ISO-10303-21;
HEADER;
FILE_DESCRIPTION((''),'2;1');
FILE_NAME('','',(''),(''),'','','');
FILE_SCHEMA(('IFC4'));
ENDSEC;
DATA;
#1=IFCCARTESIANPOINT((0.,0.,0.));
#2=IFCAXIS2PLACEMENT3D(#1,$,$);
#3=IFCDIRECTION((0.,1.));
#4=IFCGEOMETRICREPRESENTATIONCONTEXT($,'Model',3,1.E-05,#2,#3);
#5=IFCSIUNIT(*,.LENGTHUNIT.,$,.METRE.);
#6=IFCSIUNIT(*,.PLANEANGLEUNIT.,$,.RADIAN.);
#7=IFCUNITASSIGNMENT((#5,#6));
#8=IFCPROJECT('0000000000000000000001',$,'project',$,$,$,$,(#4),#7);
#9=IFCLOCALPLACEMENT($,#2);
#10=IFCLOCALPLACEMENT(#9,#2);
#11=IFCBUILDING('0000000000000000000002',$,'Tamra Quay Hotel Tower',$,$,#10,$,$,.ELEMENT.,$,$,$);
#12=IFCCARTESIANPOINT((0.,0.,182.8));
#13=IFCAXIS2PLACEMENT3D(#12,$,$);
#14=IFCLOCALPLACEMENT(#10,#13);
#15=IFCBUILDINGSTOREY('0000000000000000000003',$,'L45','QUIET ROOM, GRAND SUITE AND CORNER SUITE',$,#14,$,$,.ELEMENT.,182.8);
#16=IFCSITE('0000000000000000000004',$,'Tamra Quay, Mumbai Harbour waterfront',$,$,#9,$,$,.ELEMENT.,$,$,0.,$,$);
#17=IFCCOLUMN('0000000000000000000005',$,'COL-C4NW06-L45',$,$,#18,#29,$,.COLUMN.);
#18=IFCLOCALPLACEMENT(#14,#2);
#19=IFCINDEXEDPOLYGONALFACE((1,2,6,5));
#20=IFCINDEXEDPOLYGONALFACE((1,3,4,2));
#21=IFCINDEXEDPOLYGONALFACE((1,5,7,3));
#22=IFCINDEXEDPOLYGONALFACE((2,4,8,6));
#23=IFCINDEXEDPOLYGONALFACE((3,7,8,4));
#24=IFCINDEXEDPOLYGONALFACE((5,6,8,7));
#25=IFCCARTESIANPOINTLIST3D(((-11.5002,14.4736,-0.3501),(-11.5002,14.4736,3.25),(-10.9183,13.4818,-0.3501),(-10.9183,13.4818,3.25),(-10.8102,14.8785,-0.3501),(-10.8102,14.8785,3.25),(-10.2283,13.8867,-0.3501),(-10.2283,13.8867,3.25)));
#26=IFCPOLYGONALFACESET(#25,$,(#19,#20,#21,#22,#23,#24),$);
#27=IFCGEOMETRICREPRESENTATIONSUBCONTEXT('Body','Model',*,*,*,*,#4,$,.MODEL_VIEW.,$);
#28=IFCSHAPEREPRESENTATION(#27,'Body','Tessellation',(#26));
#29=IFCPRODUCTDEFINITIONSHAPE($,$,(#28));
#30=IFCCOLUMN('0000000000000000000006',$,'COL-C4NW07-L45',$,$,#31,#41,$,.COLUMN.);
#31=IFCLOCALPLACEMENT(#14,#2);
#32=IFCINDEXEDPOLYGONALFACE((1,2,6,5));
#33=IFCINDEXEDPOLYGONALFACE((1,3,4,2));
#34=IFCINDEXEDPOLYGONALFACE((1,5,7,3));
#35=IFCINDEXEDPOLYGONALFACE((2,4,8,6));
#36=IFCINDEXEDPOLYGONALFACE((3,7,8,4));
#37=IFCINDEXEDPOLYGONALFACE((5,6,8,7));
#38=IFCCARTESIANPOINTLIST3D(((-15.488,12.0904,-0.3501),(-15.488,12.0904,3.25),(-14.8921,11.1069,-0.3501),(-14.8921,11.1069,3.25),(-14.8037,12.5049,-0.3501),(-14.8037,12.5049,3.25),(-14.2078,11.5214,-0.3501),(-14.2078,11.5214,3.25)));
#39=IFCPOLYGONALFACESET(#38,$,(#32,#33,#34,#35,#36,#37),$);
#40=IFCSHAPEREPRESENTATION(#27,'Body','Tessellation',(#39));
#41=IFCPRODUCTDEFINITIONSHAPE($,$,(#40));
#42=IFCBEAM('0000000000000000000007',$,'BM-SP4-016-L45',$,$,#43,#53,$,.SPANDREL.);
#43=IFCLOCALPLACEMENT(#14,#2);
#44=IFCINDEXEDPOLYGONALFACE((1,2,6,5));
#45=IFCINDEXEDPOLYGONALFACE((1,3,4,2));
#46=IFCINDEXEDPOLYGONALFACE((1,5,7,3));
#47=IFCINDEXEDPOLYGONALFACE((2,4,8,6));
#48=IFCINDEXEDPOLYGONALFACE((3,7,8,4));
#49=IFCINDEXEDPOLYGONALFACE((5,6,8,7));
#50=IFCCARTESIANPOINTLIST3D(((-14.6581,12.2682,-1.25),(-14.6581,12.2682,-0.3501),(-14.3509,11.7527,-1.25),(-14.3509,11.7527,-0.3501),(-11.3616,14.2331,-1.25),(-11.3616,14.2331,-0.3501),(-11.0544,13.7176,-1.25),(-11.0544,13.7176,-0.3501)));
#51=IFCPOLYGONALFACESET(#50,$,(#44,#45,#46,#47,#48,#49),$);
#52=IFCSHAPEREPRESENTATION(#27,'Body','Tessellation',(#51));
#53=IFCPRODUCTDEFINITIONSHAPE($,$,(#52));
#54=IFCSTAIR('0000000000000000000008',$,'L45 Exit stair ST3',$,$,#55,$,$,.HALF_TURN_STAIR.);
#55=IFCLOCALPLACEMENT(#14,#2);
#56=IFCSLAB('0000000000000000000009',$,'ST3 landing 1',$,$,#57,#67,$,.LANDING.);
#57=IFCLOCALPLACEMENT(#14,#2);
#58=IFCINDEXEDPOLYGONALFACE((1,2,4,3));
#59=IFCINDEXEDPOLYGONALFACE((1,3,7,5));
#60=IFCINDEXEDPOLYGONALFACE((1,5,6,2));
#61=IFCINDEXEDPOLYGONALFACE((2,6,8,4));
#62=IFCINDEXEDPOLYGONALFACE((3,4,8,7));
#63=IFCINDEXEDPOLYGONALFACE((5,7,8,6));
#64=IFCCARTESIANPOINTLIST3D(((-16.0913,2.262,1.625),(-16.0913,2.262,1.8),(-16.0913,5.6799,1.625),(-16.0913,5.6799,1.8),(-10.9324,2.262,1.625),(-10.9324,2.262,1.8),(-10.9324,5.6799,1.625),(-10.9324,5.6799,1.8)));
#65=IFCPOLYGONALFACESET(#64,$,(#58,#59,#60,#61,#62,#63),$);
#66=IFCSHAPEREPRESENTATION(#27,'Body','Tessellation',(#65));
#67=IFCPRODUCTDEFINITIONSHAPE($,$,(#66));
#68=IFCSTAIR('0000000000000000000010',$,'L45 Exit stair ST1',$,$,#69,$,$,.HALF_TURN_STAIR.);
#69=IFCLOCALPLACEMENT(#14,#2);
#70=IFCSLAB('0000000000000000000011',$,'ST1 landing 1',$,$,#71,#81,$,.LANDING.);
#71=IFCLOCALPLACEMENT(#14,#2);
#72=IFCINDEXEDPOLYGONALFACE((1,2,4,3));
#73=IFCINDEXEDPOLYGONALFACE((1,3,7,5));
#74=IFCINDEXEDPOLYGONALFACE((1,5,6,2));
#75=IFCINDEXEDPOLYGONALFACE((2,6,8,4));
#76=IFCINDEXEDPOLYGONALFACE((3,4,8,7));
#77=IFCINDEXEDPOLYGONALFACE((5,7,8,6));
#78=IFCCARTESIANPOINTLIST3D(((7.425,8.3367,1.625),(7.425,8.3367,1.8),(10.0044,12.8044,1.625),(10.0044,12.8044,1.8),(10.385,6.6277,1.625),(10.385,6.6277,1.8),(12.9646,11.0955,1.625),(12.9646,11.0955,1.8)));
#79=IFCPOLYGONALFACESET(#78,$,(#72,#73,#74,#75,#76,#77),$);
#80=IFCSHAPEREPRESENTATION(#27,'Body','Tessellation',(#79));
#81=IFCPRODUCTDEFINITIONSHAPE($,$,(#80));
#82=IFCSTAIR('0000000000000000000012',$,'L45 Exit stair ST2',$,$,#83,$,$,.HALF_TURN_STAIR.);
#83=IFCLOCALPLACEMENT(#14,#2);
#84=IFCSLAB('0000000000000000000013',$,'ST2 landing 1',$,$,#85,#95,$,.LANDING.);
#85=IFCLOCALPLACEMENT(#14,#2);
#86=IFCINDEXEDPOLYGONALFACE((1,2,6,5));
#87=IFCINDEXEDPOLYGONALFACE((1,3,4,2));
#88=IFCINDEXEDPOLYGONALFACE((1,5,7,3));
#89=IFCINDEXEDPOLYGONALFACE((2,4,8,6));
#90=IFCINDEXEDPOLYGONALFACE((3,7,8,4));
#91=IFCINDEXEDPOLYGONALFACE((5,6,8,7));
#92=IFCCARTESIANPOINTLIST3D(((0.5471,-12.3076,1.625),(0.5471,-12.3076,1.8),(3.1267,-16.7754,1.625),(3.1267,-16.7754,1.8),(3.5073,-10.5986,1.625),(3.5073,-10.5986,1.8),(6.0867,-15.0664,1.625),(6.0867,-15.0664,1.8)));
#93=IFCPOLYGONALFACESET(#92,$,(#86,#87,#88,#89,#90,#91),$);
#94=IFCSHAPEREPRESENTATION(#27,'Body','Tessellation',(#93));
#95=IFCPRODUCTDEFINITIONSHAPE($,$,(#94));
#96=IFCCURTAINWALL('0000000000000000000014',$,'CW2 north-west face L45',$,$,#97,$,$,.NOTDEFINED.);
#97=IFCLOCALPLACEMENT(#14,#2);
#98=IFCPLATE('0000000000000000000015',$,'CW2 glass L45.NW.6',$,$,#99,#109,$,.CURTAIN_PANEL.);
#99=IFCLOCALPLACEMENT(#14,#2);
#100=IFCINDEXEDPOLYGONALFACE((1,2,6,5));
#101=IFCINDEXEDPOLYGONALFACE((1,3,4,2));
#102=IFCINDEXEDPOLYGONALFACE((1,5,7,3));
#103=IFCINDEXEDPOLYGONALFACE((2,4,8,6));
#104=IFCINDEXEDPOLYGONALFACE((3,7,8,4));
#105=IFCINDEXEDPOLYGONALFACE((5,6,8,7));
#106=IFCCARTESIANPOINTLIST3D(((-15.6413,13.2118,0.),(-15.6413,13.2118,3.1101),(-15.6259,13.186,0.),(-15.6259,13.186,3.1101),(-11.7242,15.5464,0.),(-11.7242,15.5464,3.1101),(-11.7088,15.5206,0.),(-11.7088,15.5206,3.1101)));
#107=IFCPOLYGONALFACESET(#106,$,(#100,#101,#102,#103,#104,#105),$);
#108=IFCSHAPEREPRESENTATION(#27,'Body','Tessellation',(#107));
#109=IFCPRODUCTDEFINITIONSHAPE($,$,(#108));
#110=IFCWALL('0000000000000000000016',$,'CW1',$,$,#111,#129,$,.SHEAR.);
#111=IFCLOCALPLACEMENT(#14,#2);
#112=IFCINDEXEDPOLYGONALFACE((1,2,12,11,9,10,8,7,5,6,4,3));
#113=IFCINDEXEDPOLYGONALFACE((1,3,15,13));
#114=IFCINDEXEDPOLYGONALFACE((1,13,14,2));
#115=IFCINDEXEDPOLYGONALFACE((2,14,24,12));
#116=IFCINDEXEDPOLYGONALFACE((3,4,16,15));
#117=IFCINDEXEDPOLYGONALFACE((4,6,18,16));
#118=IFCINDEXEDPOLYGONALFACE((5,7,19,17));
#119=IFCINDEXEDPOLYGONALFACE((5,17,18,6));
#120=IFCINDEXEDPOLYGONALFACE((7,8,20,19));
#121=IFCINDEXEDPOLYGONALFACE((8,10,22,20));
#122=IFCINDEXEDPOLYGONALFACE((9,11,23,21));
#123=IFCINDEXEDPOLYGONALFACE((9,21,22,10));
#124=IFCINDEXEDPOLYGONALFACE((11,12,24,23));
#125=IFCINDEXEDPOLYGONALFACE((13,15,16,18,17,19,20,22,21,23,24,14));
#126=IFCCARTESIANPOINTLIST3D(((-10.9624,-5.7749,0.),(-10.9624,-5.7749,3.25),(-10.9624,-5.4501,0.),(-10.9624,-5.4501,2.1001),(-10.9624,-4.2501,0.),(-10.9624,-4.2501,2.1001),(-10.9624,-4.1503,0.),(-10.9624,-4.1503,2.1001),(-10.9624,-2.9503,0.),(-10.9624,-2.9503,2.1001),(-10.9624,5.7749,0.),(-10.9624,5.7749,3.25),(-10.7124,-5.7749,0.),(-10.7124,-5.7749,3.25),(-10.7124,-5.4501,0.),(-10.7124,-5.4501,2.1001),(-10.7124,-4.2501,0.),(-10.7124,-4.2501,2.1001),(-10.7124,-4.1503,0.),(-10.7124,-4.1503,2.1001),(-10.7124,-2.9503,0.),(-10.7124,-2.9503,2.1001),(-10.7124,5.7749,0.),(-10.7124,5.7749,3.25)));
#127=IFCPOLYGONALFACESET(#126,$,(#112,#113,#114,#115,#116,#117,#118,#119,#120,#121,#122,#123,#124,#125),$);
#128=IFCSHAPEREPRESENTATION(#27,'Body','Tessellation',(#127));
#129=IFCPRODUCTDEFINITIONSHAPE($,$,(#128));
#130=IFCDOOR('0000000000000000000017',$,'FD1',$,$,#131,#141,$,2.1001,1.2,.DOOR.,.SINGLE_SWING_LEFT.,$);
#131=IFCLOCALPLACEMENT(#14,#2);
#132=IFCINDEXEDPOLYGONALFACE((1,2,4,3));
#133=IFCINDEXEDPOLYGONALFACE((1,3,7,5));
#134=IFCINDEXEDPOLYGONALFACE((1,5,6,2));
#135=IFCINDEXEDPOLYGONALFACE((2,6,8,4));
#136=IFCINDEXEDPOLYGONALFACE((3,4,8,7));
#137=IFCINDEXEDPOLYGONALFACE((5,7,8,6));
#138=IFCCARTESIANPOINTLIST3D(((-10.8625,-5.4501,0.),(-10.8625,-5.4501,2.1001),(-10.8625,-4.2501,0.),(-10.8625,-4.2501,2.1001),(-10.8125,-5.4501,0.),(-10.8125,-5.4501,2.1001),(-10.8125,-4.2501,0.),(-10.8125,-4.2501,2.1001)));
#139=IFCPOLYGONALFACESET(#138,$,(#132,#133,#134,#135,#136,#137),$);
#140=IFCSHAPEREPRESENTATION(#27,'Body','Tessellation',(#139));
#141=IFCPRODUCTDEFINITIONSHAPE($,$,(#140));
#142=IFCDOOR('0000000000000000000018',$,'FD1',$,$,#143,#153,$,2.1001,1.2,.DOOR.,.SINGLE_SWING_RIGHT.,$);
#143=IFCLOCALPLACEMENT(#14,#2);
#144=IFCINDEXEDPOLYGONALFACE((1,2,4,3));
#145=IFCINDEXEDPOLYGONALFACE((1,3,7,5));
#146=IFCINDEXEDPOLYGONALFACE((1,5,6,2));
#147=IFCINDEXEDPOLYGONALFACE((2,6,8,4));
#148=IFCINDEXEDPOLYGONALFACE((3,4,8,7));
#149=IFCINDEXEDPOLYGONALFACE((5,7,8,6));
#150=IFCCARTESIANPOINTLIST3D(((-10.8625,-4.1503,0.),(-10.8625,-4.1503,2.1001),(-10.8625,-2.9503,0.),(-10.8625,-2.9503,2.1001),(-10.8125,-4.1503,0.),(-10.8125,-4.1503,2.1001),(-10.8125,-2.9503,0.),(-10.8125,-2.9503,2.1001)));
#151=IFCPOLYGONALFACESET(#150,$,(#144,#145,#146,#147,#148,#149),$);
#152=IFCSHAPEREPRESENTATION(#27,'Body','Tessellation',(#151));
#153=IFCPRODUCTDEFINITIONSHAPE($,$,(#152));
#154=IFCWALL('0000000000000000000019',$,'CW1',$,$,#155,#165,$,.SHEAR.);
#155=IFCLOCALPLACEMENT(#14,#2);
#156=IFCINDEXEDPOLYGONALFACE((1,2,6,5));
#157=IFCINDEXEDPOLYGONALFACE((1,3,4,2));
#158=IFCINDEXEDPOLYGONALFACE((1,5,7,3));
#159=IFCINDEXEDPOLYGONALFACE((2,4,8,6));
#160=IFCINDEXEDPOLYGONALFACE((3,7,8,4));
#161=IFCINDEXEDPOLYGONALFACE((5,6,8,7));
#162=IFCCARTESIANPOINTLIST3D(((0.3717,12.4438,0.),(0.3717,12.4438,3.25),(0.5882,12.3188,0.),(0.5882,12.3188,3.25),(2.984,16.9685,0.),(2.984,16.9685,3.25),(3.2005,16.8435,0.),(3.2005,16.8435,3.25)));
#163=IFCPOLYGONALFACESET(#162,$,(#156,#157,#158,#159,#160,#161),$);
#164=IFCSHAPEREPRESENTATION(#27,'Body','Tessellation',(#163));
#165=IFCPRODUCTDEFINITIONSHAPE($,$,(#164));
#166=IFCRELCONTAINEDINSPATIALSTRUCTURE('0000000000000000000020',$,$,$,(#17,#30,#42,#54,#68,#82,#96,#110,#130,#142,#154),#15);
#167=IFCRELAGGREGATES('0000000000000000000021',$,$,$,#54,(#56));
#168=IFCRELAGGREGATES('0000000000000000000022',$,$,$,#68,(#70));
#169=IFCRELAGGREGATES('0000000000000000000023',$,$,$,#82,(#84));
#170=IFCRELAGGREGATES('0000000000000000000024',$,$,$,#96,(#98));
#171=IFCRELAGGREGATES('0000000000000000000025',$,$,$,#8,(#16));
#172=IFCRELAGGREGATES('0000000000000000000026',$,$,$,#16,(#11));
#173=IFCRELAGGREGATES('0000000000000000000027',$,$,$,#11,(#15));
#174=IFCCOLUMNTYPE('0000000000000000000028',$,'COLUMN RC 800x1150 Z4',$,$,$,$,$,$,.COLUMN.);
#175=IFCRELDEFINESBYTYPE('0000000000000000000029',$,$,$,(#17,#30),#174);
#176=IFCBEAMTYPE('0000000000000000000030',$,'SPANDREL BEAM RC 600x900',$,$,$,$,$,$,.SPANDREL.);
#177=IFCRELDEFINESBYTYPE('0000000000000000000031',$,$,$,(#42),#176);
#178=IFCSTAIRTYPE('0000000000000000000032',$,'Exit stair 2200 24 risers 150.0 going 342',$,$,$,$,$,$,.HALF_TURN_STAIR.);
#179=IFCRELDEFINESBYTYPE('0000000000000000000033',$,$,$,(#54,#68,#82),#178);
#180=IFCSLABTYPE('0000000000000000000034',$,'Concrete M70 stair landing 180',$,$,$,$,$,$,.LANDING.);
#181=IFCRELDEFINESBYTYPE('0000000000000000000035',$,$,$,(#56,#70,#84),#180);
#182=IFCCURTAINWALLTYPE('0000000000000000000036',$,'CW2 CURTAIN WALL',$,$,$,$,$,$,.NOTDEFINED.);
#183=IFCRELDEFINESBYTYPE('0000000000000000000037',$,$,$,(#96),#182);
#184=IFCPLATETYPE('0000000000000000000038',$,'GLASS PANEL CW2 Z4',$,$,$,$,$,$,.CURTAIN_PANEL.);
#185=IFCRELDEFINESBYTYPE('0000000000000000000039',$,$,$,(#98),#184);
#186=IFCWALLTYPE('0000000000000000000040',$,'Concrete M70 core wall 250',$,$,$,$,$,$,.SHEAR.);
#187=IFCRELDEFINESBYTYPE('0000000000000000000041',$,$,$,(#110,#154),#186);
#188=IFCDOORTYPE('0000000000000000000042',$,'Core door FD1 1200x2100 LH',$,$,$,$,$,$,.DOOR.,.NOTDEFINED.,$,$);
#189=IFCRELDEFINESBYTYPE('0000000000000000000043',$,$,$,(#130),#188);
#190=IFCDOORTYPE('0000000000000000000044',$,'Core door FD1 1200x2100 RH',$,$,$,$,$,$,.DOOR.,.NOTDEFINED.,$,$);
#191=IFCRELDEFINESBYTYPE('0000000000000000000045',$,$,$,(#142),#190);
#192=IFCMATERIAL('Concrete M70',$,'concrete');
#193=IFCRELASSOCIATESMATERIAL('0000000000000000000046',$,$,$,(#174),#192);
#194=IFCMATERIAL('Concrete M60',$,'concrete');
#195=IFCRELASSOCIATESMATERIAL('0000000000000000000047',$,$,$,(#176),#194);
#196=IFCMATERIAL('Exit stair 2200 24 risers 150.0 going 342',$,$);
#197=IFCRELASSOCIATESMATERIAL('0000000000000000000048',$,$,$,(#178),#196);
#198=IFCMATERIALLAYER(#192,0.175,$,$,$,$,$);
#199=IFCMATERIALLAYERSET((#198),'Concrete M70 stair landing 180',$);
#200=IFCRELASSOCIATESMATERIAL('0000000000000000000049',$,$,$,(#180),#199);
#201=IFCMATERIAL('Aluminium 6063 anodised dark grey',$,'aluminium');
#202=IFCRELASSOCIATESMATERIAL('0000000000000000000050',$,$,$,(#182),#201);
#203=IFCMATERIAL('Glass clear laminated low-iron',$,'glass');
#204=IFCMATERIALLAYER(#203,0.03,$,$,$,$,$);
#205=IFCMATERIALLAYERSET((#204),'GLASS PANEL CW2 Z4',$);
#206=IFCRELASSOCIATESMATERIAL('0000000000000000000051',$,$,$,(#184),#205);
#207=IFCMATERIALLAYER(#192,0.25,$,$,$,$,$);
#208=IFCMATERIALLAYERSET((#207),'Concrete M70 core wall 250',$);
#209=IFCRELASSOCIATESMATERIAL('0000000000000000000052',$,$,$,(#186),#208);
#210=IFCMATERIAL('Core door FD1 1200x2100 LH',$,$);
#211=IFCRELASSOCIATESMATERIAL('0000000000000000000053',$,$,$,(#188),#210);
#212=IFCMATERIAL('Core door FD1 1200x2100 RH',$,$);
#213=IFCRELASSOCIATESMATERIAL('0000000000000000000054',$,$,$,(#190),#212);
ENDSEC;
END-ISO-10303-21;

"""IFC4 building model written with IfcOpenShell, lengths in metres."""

from ifc_helpers import new_model, si_unit, direction, frame, frame_2d, origin, origin_2d, place, context, subcontext, project, spatial, polyline, rectangle, outline, extrude, material, layer, layer_set, material_profile, profile_set, type_object, element, fill, aggregate, save


model = new_model("IFC4")

# Units and contexts
model_context = context("Model", 3, precision=1e-05, world=origin(), true_north=direction((0.0, 1.0)))
body_context = subcontext(model_context, "Body", "Model", "MODEL_VIEW")
ifc_project = project(units=[si_unit("LENGTHUNIT", "METRE"), si_unit("PLANEANGLEUNIT", "RADIAN")], contexts=[model_context])

# Site, building, storey
site_placement = place(None, origin())
site = spatial("IfcSite", under=ifc_project, at=site_placement, Name="Tamra Quay, Mumbai Harbour waterfront", CompositionType="ELEMENT", RefElevation=0.0)
building_placement = place(site_placement, origin())
building = spatial("IfcBuilding", under=site, at=building_placement, Name="Tamra Quay Hotel Tower", CompositionType="ELEMENT")
storey_placement = place(building_placement, frame((0.0, 0.0, 182.8)))
storey = spatial("IfcBuildingStorey", under=building, at=storey_placement, Name="L45", Description="QUIET ROOM, GRAND SUITE AND CORNER SUITE", CompositionType="ELEMENT", Elevation=182.8)

# Columns
ifc_material_1 = material(Name="Concrete M70", Category="concrete")
ifc_material_profile_1 = material_profile(ifc_material_1, rectangle(XDim=1.1499, YDim=0.8, at=origin_2d()), Name="COLUMN RC 800x1150 Z4")
ifc_profile_set_1 = profile_set([ifc_material_profile_1], Name="Concrete M70")
column_type = type_object("IfcColumnType", Name="COLUMN RC 800x1150 Z4", PredefinedType="COLUMN", material=ifc_profile_set_1)
for number, where, z_axis, x_axis, name in (
    (1, (-10.8643, 14.1802, -0.3501), (0.0, 0.0, 1.0), (-0.506085, 0.862484, 0.0), "COL-C4NW06-L45"),
    (2, (-14.8479, 11.8059, -0.3501), (0.0, 0.0, 1.0), (-0.518175, 0.855275, 0.0), "COL-C4NW07-L45"),
):
    element("IfcColumn", number, at=place(storey_placement, frame(where, z_axis=z_axis, x_axis=x_axis)), inside=storey, type_object=column_type, Name=name, PredefinedType="COLUMN", context=body_context, shape_type="SweptSolid", body=[
        extrude(rectangle(XDim=1.1499, YDim=0.8, at=origin_2d()), origin(), (0.0, 0.0, 1.0), 3.6001),
    ])

# Beam
ifc_material_2 = material(Name="Concrete M60", Category="concrete")
ifc_material_profile_2 = material_profile(ifc_material_2, rectangle(XDim=0.6001, YDim=0.8999, at=origin_2d()), Name="SPANDREL BEAM RC 600x900")
ifc_profile_set_2 = profile_set([ifc_material_profile_2], Name="Concrete M60")
beam_type = type_object("IfcBeamType", Name="SPANDREL BEAM RC 600x900", PredefinedType="SPANDREL", material=ifc_profile_set_2)
beam_placement = place(storey_placement, frame((-11.208, 13.9753, -0.8), z_axis=(-0.858982, -0.512005, 0.0), x_axis=(0.512005, -0.858982, 0.0)))
element("IfcBeam", 3, at=beam_placement, inside=storey, type_object=beam_type, Name="BM-SP4-016-L45", PredefinedType="SPANDREL", context=body_context, shape_type="SweptSolid", body=[
    extrude(rectangle(XDim=0.6001, YDim=0.8999, at=origin_2d()), origin(), (0.0, 0.0, 1.0), 3.8376),
])

# Stairs, slabs
ifc_material_3 = material(Name="Exit stair 2200 24 risers 150.0 going 342")
stair_type = type_object("IfcStairType", Name="Exit stair 2200 24 risers 150.0 going 342", PredefinedType="HALF_TURN_STAIR", material=ifc_material_3)
stair_1_placement = place(storey_placement, origin())
stair_1 = element("IfcStair", 4, at=stair_1_placement, inside=storey, type_object=stair_type, Name="L45 Exit stair ST3", PredefinedType="HALF_TURN_STAIR")
ifc_layer_1 = layer(ifc_material_1, 0.175)
ifc_layer_set_1 = layer_set([ifc_layer_1], Name="Concrete M70 stair landing 180")
slab_type_1 = type_object("IfcSlabType", Name="Concrete M70 stair landing 180", PredefinedType="LANDING", material=ifc_layer_set_1)
slab_1_placement = place(storey_placement, frame((0.0, 0.0, 1.625)))
slab_1 = element("IfcSlab", 5, at=slab_1_placement, type_object=slab_type_1, Name="ST3 landing 1", PredefinedType="LANDING", context=body_context, shape_type="SweptSolid", body=[
    extrude(outline(polyline([(-10.9324, 2.262), (-10.9324, 5.6799), (-16.0913, 5.6799), (-16.0913, 2.262), (-10.9324, 2.262)])), origin(), (0.0, 0.0, 1.0), 0.175),
])
aggregate(stair_1, [slab_1])
stair_2_placement = place(storey_placement, origin())
stair_2 = element("IfcStair", 6, at=stair_2_placement, inside=storey, type_object=stair_type, Name="L45 Exit stair ST1", PredefinedType="HALF_TURN_STAIR")
slab_2_placement = place(storey_placement, frame((0.0, 0.0, 1.625)))
slab_2 = element("IfcSlab", 7, at=slab_2_placement, type_object=slab_type_1, Name="ST1 landing 1", PredefinedType="LANDING", context=body_context, shape_type="SweptSolid", body=[
    extrude(outline(polyline([(7.425, 8.3367), (10.385, 6.6277), (12.9646, 11.0955), (10.0044, 12.8044), (7.425, 8.3367)])), origin(), (0.0, 0.0, 1.0), 0.175),
])
aggregate(stair_2, [slab_2])
stair_3_placement = place(storey_placement, origin())
stair_3 = element("IfcStair", 8, at=stair_3_placement, inside=storey, type_object=stair_type, Name="L45 Exit stair ST2", PredefinedType="HALF_TURN_STAIR")
slab_3_placement = place(storey_placement, frame((0.0, 0.0, 1.625)))
slab_3 = element("IfcSlab", 9, at=slab_3_placement, type_object=slab_type_1, Name="ST2 landing 1", PredefinedType="LANDING", context=body_context, shape_type="SweptSolid", body=[
    extrude(outline(polyline([(3.5073, -10.5986), (0.5471, -12.3076), (3.1267, -16.7754), (6.0867, -15.0664), (3.5073, -10.5986)])), origin(), (0.0, 0.0, 1.0), 0.175),
])
aggregate(stair_3, [slab_3])

# Curtain wall, plate
ifc_material_4 = material(Name="Aluminium 6063 anodised dark grey", Category="aluminium")
curtain_wall_type = type_object("IfcCurtainWallType", Name="CW2 CURTAIN WALL", PredefinedType="NOTDEFINED", material=ifc_material_4)
curtain_wall_placement = place(storey_placement, origin())
curtain_wall = element("IfcCurtainWall", 10, at=curtain_wall_placement, inside=storey, type_object=curtain_wall_type, Name="CW2 north-west face L45", PredefinedType="NOTDEFINED")
ifc_material_5 = material(Name="Glass clear laminated low-iron", Category="glass")
ifc_layer_2 = layer(ifc_material_5, 0.03)
ifc_layer_set_2 = layer_set([ifc_layer_2], Name="GLASS PANEL CW2 Z4")
plate_type = type_object("IfcPlateType", Name="GLASS PANEL CW2 Z4", PredefinedType="CURTAIN_PANEL", material=ifc_layer_set_2)
plate_placement = place(storey_placement, frame((-13.675, 14.3662, 0.0), z_axis=(0.0, 0.0, 1.0), x_axis=(-0.858999, -0.511977, 0.0)))
plate = element("IfcPlate", 11, at=plate_placement, type_object=plate_type, Name="CW2 glass L45.NW.6", PredefinedType="CURTAIN_PANEL", context=body_context, shape_type="SweptSolid", body=[
    extrude(rectangle(XDim=4.5601, YDim=0.03, at=origin_2d()), origin(), (0.0, 0.0, 1.0), 3.1101),
])
aggregate(curtain_wall, [plate])

# Wall, openings, doors
ifc_layer_3 = layer(ifc_material_1, 0.25)
ifc_layer_set_3 = layer_set([ifc_layer_3], Name="Concrete M70 core wall 250")
wall_type_1 = type_object("IfcWallType", Name="Concrete M70 core wall 250", PredefinedType="SHEAR", material=ifc_layer_set_3)
wall_1_placement = place(storey_placement, frame((-10.8374, 5.7749, 0.0), z_axis=(0.0, 0.0, 1.0), x_axis=(0.0, -1.0, 0.0)))
wall_1 = element("IfcWall", 12, at=wall_1_placement, inside=storey, type_object=wall_type_1, Name="CW1", PredefinedType="SHEAR", context=body_context, shape_type="SweptSolid", body=[
    extrude(rectangle(XDim=11.5498, YDim=0.25, at=frame_2d((5.7749, 0.0))), origin(), (0.0, 0.0, 1.0), 3.25),
])
opening_1_placement = place(wall_1_placement, frame((10.0249, 0.0, 0.0)))
opening_1 = element("IfcOpeningElement", 13, at=opening_1_placement, cuts=wall_1, PredefinedType="OPENING", context=body_context, shape_type="SweptSolid", body=[
    extrude(rectangle(XDim=1.2, YDim=2.1001, at=frame_2d((0.6001, 1.05))), frame((0.0, 0.135, 0.0), z_axis=(0.0, -1.0, 0.0), x_axis=(1.0, 0.0, 0.0)), (0.0, 0.0, 1.0), 0.27),
])
opening_2_placement = place(wall_1_placement, frame((8.7251, 0.0, 0.0)))
opening_2 = element("IfcOpeningElement", 14, at=opening_2_placement, cuts=wall_1, PredefinedType="OPENING", context=body_context, shape_type="SweptSolid", body=[
    extrude(rectangle(XDim=1.2, YDim=2.1001, at=frame_2d((0.6001, 1.05))), frame((0.0, 0.135, 0.0), z_axis=(0.0, -1.0, 0.0), x_axis=(1.0, 0.0, 0.0)), (0.0, 0.0, 1.0), 0.27),
])
ifc_material_6 = material(Name="Core door FD1 1200x2100 LH")
door_type_1 = type_object("IfcDoorType", Name="Core door FD1 1200x2100 LH", OperationType="NOTDEFINED", PredefinedType="DOOR", material=ifc_material_6)
door_1_placement = place(opening_1_placement, origin())
door_1 = element("IfcDoor", 15, at=door_1_placement, inside=storey, type_object=door_type_1, Name="FD1", OperationType="SINGLE_SWING_LEFT", OverallHeight=2.1001, OverallWidth=1.2, PredefinedType="DOOR", context=body_context, shape_type="SweptSolid", body=[
    extrude(rectangle(XDim=1.2, YDim=2.1001, at=frame_2d((0.6001, 1.05))), frame((0.0, 0.0249, 0.0), z_axis=(0.0, -1.0, 0.0), x_axis=(1.0, 0.0, 0.0)), (0.0, 0.0, 1.0), 0.05),
])
fill(opening_1, door_1)
ifc_material_7 = material(Name="Core door FD1 1200x2100 RH")
door_type_2 = type_object("IfcDoorType", Name="Core door FD1 1200x2100 RH", OperationType="NOTDEFINED", PredefinedType="DOOR", material=ifc_material_7)
door_2_placement = place(opening_2_placement, origin())
door_2 = element("IfcDoor", 16, at=door_2_placement, inside=storey, type_object=door_type_2, Name="FD1", OperationType="SINGLE_SWING_RIGHT", OverallHeight=2.1001, OverallWidth=1.2, PredefinedType="DOOR", context=body_context, shape_type="SweptSolid", body=[
    extrude(rectangle(XDim=1.2, YDim=2.1001, at=frame_2d((0.6001, 1.05))), frame((0.0, 0.0249, 0.0), z_axis=(0.0, -1.0, 0.0), x_axis=(1.0, 0.0, 0.0)), (0.0, 0.0, 1.0), 0.05),
])
fill(opening_2, door_2)

# Wall
wall_2_placement = place(storey_placement, frame((0.48, 12.3813, 0.0), z_axis=(0.0, 0.0, 1.0), x_axis=(0.499999, 0.866026, 0.0)))
element("IfcWall", 17, at=wall_2_placement, inside=storey, type_object=wall_type_1, Name="CW1", PredefinedType="SHEAR", context=body_context, shape_type="SweptSolid", body=[
    extrude(rectangle(XDim=5.2246, YDim=0.25, at=frame_2d((2.6123, 0.0))), origin(), (0.0, 0.0, 1.0), 3.25),
])

save(model, "model.ifc")
